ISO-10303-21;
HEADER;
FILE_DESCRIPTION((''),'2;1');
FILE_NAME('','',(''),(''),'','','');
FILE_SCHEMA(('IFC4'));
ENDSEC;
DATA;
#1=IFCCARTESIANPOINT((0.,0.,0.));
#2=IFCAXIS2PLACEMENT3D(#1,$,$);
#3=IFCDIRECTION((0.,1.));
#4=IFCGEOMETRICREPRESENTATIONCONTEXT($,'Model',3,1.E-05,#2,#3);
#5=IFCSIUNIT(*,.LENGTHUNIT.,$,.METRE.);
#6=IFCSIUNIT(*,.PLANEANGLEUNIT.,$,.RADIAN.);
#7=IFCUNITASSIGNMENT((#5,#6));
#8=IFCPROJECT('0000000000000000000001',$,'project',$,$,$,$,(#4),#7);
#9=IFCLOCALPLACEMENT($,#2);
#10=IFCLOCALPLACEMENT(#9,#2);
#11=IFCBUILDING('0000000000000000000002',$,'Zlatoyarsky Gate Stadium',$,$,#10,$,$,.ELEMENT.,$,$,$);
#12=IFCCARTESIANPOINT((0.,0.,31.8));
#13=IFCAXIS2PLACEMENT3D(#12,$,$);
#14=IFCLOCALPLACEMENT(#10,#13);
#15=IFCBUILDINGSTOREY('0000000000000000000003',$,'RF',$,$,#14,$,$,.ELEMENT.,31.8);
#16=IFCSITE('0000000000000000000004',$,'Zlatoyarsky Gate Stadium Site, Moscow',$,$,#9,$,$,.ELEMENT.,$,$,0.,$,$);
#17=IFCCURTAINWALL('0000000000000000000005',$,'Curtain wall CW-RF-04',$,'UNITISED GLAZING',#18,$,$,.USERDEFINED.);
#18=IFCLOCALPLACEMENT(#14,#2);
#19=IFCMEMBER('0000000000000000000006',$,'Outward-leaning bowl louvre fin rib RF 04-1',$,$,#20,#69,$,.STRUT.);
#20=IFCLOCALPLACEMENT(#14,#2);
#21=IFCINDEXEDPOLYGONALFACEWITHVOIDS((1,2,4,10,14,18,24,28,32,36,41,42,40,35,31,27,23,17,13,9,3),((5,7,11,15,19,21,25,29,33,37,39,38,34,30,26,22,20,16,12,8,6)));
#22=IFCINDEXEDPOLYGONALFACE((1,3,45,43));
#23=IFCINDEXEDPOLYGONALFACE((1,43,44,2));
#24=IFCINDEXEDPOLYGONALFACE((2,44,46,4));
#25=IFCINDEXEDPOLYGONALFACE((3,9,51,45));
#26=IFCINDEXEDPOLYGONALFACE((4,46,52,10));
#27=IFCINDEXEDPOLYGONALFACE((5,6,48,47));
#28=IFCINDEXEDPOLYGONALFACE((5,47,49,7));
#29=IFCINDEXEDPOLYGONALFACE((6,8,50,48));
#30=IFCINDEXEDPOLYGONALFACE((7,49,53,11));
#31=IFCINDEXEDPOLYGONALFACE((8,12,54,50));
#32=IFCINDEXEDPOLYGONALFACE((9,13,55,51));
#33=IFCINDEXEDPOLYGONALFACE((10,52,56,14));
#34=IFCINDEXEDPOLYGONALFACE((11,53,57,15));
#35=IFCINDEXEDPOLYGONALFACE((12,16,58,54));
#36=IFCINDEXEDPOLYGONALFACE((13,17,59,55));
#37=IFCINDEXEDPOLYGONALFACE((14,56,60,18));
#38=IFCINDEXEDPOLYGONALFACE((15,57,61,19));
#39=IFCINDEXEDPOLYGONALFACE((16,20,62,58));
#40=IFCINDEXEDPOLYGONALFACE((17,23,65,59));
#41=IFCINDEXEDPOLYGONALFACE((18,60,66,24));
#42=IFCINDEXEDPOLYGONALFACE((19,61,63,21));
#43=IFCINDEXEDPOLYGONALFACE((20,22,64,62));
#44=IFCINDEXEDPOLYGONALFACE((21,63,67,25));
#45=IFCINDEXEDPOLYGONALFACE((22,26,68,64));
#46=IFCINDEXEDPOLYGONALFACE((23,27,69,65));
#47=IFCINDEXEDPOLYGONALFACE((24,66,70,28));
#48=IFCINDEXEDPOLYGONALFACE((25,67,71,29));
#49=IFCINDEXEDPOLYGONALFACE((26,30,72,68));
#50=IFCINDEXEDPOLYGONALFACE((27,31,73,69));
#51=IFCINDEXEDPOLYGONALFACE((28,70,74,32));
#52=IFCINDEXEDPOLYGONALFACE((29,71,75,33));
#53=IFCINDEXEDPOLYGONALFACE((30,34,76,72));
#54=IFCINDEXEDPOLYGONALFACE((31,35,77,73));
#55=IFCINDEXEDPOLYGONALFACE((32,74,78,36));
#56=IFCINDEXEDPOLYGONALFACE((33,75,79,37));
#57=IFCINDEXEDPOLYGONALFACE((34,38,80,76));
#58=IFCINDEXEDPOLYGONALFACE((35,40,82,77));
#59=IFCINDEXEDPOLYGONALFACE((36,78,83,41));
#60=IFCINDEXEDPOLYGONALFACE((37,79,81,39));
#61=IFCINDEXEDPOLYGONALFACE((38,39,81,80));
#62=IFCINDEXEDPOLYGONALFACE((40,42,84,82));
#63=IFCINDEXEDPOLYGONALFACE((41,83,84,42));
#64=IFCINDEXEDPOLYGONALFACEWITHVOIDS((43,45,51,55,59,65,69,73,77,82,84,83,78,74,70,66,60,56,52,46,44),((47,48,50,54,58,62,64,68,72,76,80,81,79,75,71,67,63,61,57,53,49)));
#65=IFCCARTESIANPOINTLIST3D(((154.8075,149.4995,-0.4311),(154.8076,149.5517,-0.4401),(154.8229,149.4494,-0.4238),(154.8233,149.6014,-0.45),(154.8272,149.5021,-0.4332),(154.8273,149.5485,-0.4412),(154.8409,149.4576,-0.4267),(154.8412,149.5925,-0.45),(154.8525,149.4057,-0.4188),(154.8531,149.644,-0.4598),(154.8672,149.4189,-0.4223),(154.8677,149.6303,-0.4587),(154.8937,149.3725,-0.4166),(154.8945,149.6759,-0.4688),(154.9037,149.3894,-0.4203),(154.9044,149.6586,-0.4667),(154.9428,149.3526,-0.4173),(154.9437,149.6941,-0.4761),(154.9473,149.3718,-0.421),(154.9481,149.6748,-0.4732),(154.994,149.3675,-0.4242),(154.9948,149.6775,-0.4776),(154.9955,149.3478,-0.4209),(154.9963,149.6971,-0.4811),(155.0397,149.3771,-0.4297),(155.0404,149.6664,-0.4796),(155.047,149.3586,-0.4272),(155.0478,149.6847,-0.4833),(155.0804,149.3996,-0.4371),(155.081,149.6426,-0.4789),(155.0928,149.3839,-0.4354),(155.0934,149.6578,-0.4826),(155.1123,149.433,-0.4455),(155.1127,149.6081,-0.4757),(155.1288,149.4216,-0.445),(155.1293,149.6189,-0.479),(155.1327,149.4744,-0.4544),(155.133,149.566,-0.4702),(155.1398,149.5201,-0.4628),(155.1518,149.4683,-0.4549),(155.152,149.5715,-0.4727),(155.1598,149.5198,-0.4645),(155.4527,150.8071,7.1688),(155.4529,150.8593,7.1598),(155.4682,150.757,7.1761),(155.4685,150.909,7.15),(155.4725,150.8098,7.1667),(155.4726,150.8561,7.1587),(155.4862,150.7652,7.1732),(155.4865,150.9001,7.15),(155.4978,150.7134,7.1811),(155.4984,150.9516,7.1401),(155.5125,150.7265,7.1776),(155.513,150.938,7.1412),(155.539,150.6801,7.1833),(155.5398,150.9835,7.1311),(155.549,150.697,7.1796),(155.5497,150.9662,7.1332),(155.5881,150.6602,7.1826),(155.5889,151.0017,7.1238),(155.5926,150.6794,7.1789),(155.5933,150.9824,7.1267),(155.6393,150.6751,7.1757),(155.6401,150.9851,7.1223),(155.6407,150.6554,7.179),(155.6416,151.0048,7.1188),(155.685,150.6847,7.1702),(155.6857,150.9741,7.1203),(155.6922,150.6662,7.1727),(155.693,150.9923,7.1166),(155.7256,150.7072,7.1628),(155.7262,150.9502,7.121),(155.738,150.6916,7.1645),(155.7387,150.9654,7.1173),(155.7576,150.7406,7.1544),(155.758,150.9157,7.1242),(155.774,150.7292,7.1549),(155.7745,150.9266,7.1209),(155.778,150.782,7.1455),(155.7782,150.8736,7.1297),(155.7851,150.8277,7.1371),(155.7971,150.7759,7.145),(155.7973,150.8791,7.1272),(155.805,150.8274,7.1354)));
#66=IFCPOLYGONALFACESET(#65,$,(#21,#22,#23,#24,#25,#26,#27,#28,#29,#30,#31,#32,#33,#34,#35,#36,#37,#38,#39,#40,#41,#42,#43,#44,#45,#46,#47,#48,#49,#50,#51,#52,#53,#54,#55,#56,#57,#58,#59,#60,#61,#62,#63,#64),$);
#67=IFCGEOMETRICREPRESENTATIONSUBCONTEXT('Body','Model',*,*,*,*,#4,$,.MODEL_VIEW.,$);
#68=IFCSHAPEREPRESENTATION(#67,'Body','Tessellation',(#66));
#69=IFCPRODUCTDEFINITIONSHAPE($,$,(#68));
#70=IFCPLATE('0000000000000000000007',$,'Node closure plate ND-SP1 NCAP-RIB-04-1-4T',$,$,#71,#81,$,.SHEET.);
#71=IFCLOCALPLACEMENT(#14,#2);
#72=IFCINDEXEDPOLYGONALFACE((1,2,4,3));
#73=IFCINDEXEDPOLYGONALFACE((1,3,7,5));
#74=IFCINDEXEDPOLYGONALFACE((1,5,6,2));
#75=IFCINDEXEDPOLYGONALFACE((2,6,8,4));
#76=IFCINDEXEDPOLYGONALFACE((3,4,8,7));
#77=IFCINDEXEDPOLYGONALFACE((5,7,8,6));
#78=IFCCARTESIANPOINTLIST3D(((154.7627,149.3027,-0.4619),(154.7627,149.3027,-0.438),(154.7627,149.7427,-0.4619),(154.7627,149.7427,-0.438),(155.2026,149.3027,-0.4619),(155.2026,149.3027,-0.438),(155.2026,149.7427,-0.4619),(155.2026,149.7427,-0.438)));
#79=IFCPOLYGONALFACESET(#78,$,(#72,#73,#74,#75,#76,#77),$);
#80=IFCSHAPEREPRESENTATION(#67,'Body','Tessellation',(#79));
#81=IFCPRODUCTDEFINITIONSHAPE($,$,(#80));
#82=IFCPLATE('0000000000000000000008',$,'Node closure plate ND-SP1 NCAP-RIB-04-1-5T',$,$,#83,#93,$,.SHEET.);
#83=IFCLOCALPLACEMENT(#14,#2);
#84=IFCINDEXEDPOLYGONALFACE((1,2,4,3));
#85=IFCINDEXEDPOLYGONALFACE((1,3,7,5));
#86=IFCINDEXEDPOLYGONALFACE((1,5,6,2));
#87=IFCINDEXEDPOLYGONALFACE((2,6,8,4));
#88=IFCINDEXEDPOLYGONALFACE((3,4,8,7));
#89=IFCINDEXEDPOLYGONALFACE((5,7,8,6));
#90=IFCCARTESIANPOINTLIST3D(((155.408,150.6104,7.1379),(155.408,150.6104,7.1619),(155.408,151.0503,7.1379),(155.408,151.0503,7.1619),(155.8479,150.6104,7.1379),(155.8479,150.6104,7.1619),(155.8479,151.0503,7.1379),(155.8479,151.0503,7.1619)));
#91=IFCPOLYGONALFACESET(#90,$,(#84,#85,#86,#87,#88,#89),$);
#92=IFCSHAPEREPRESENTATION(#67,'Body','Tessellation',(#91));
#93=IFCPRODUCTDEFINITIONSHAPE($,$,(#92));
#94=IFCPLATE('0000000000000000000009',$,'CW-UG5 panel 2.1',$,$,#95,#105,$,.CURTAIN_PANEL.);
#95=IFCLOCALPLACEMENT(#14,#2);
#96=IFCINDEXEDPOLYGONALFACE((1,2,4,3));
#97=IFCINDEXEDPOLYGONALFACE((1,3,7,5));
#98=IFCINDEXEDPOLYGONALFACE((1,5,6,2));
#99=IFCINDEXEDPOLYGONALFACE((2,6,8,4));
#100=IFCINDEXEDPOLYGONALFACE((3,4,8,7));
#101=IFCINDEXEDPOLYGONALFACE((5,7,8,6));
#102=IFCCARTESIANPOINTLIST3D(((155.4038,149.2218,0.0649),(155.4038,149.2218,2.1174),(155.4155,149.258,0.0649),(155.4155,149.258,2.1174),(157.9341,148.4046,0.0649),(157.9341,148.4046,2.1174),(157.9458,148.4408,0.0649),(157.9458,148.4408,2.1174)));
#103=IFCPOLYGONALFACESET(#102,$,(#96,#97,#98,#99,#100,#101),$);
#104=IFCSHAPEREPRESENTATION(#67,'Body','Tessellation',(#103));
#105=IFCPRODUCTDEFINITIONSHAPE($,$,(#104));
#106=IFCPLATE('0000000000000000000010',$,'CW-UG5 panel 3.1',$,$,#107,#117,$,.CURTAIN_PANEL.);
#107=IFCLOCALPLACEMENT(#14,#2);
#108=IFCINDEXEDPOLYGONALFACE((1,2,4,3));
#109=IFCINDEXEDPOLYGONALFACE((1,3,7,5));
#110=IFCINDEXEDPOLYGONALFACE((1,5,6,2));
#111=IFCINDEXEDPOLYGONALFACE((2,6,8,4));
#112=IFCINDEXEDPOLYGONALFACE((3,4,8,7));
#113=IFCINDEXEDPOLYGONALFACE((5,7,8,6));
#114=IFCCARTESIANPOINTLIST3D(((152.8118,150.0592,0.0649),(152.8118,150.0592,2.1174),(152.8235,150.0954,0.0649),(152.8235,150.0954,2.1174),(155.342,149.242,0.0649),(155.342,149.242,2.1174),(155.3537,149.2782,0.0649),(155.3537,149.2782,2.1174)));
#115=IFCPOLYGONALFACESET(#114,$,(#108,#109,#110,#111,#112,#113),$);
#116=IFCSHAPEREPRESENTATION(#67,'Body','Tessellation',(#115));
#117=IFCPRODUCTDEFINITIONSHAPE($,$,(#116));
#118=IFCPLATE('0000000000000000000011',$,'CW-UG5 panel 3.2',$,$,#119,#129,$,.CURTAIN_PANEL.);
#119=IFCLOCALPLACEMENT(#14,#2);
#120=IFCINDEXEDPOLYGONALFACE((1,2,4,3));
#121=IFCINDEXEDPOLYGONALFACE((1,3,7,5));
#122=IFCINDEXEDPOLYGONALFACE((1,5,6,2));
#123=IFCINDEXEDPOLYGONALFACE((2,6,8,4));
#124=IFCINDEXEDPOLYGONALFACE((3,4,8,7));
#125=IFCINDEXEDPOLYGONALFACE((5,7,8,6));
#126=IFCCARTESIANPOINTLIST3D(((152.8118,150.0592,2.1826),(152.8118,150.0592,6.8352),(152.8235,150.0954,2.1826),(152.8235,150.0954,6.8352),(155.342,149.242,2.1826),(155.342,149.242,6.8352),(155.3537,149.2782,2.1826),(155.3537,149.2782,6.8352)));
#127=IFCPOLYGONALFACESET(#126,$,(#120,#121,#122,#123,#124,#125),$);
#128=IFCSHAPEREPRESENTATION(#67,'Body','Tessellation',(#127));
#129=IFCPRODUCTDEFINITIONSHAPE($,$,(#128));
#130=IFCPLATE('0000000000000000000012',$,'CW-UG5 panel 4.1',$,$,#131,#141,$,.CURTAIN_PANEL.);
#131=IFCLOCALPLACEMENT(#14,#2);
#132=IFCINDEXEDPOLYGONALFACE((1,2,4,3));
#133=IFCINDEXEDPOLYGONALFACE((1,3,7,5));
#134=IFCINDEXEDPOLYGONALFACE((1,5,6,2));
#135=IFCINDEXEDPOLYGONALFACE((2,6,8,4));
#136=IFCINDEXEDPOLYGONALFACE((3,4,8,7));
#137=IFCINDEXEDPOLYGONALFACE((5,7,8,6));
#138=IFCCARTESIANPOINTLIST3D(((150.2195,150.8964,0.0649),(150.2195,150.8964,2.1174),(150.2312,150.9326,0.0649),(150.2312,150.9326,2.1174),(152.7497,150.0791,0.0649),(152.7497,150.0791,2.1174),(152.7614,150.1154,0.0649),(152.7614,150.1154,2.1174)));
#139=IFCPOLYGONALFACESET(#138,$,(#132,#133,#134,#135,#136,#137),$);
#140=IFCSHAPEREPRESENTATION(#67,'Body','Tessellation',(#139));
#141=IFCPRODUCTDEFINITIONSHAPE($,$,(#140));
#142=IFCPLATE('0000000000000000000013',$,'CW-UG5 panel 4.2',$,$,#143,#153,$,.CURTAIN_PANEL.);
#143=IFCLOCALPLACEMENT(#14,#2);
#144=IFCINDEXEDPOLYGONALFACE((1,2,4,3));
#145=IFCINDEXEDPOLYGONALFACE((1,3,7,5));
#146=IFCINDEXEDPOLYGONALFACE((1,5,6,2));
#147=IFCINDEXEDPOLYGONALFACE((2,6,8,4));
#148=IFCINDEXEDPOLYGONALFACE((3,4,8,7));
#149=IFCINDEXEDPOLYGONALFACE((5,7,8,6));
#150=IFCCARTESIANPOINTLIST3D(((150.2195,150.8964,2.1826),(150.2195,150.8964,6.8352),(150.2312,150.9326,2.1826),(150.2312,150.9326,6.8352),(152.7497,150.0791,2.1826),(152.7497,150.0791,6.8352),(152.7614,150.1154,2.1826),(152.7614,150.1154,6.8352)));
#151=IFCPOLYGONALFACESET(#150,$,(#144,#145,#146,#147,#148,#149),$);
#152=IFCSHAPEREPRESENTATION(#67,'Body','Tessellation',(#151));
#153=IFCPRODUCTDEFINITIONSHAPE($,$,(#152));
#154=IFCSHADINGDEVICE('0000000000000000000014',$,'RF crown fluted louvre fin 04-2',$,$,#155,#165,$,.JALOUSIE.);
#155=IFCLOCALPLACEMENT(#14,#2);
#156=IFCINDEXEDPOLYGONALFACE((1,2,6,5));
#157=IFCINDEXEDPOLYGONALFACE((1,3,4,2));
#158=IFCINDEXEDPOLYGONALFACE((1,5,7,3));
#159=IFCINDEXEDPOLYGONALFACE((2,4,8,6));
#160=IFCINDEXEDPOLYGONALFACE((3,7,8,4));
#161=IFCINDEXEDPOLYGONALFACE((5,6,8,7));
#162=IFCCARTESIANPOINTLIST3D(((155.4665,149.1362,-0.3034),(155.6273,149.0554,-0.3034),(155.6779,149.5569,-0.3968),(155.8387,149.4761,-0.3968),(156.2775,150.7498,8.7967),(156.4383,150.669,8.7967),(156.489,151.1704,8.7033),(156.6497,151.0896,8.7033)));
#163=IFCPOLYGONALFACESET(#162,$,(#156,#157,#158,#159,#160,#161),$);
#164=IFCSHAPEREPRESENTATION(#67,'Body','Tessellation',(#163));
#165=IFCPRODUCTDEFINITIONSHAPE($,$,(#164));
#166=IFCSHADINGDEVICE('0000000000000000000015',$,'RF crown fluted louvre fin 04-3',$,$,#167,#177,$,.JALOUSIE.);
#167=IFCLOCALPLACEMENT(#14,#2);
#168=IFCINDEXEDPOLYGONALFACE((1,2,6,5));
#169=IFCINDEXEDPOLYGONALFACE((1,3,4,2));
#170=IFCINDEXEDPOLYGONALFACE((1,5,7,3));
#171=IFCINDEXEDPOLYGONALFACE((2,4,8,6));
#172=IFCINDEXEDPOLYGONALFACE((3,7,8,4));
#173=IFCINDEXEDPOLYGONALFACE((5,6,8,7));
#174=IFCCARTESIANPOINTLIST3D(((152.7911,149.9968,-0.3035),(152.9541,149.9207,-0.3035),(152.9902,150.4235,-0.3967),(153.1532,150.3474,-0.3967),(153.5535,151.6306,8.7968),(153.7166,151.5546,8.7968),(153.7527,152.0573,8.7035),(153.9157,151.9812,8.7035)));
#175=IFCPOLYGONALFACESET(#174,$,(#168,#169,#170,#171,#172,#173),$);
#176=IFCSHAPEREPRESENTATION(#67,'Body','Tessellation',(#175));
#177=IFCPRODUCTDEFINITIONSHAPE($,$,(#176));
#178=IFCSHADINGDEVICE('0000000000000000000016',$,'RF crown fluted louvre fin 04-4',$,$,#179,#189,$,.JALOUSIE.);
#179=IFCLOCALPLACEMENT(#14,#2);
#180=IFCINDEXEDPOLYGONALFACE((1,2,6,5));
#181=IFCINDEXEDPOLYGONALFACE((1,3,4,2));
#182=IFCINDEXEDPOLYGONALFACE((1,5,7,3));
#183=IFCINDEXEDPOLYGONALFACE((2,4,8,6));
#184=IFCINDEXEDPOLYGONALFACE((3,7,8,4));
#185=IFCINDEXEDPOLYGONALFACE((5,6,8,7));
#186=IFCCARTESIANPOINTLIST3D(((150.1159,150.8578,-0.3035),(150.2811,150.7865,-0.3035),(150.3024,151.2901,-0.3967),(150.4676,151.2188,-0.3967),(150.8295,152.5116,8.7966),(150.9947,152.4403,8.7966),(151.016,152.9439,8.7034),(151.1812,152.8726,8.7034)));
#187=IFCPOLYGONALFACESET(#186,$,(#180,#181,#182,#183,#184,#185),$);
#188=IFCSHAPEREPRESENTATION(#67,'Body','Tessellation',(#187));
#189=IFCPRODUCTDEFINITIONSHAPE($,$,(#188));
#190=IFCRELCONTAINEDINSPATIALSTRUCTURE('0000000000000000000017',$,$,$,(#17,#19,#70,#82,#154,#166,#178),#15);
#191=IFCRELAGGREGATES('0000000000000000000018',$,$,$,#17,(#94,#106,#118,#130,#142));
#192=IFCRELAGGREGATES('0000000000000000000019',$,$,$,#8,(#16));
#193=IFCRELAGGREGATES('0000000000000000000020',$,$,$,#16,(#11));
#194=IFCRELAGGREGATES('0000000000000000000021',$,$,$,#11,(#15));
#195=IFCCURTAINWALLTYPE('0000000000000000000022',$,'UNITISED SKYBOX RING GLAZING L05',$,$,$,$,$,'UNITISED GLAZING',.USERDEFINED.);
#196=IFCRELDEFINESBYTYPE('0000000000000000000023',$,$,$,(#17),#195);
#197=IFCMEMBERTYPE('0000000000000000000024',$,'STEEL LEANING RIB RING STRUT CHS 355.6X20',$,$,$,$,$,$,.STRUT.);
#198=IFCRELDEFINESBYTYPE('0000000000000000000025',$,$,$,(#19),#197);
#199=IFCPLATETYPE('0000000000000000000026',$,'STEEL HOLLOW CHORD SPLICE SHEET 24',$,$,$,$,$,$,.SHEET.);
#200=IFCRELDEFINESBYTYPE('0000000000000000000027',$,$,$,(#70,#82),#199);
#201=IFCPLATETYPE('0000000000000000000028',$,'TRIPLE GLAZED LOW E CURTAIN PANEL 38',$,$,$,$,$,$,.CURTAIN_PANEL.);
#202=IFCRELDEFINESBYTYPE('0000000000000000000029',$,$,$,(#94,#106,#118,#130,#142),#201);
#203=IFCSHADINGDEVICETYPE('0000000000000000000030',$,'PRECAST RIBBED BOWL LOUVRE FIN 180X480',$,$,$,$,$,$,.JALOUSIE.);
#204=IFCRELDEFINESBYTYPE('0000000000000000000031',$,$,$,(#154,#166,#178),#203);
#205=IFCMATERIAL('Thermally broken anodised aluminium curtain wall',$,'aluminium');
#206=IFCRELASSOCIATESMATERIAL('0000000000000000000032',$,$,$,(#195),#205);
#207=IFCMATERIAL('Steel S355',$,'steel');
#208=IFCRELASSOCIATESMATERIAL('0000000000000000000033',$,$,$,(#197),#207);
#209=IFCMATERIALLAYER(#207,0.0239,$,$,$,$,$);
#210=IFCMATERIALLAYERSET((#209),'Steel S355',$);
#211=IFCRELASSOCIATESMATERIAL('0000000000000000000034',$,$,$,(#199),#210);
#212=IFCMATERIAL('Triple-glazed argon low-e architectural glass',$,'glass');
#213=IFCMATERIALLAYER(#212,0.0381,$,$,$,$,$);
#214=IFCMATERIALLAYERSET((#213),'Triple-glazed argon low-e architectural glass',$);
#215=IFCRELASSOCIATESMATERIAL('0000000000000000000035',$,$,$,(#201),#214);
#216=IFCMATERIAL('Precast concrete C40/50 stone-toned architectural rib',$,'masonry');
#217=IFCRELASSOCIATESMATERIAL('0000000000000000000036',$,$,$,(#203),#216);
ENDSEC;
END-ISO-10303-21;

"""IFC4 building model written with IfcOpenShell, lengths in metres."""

from ifc_helpers import new_model, si_unit, direction, frame, origin, origin_2d, place, context, subcontext, project, spatial, rectangle, hollow_circle, extrude, material, layer, layer_set, material_profile, profile_set, type_object, element, aggregate, save


model = new_model("IFC4")

# Units and contexts
model_context = context("Model", 3, precision=1e-05, world=origin(), true_north=direction((0.0, 1.0)))
body_context = subcontext(model_context, "Body", "Model", "MODEL_VIEW")
ifc_project = project(units=[si_unit("LENGTHUNIT", "METRE"), si_unit("PLANEANGLEUNIT", "RADIAN")], contexts=[model_context])

# Site, building, storey
site_placement = place(None, origin())
site = spatial("IfcSite", under=ifc_project, at=site_placement, Name="Zlatoyarsky Gate Stadium Site, Moscow", CompositionType="ELEMENT", RefElevation=0.0)
building_placement = place(site_placement, origin())
building = spatial("IfcBuilding", under=site, at=building_placement, Name="Zlatoyarsky Gate Stadium", CompositionType="ELEMENT")
storey_placement = place(building_placement, frame((0.0, 0.0, 31.8)))
storey = spatial("IfcBuildingStorey", under=building, at=storey_placement, Name="RF", CompositionType="ELEMENT", Elevation=31.8)

# Curtain wall
ifc_material_1 = material(Name="Thermally broken anodised aluminium curtain wall", Category="aluminium")
curtain_wall_type = type_object("IfcCurtainWallType", Name="UNITISED SKYBOX RING GLAZING L05", ElementType="UNITISED GLAZING", PredefinedType="USERDEFINED", material=ifc_material_1)
curtain_wall_placement = place(storey_placement, origin())
curtain_wall = element("IfcCurtainWall", 1, at=curtain_wall_placement, inside=storey, type_object=curtain_wall_type, Name="Curtain wall CW-RF-04", ObjectType="UNITISED GLAZING", PredefinedType="USERDEFINED")

# Member
ifc_material_2 = material(Name="Steel S355", Category="steel")
ifc_material_profile_1 = material_profile(ifc_material_2, hollow_circle(Radius=0.1777, WallThickness=0.02, at=origin_2d()), Name="CHS 355.6X20")
ifc_profile_set_1 = profile_set([ifc_material_profile_1], Name="Steel S355")
member_type_1 = type_object("IfcMemberType", Name="STEEL LEANING RIB RING STRUT CHS 355.6X20", PredefinedType="STRUT", material=ifc_profile_set_1)
member_1_placement = place(storey_placement, frame((154.9827, 149.5227, -0.45), z_axis=(0.083384, 0.168976, 0.982087), x_axis=(-0.896759, 0.442519, 0.0)))
element("IfcMember", 2, at=member_1_placement, inside=storey, type_object=member_type_1, Name="Outward-leaning bowl louvre fin rib RF 04-1", PredefinedType="STRUT", context=body_context, shape_type="SweptSolid", body=[
    extrude(hollow_circle(Radius=0.1777, WallThickness=0.02, at=origin_2d()), origin(), (0.0, 0.0, 1.0), 7.7385),
])

# Plates
ifc_layer_1 = layer(ifc_material_2, 0.0239)
ifc_layer_set_1 = layer_set([ifc_layer_1], Name="Steel S355")
plate_type_1 = type_object("IfcPlateType", Name="STEEL HOLLOW CHORD SPLICE SHEET 24", PredefinedType="SHEET", material=ifc_layer_set_1)
for number, where, z_axis, x_axis, name in (
    (3, (154.9827, 149.5227, -0.4619), (0.0, 0.0, 1.0), (1.0, 0.0, 0.0), "Node closure plate ND-SP1 NCAP-RIB-04-1-4T"),
    (4, (155.6279, 150.8303, 7.1379), (0.0, 0.0, 1.0), (1.0, 0.0, 0.0), "Node closure plate ND-SP1 NCAP-RIB-04-1-5T"),
):
    element("IfcPlate", number, at=place(storey_placement, frame(where, z_axis=z_axis, x_axis=x_axis)), inside=storey, type_object=plate_type_1, Name=name, PredefinedType="SHEET", context=body_context, shape_type="SweptSolid", body=[
        extrude(rectangle(XDim=0.4399, YDim=0.4399, at=origin_2d()), origin(), (0.0, 0.0, 1.0), 0.0239),
    ])

# Plates
ifc_material_3 = material(Name="Triple-glazed argon low-e architectural glass", Category="glass")
ifc_layer_2 = layer(ifc_material_3, 0.0381)
ifc_layer_set_2 = layer_set([ifc_layer_2], Name="Triple-glazed argon low-e architectural glass")
plate_type_2 = type_object("IfcPlateType", Name="TRIPLE GLAZED LOW E CURTAIN PANEL 38", PredefinedType="CURTAIN_PANEL", material=ifc_layer_set_2)
plate_1_placement = place(storey_placement, frame((156.6748, 148.8313, 0.0649), z_axis=(0.0, 0.0, 1.0), x_axis=(-0.951596, 0.307352, 0.0)))
plate_1 = element("IfcPlate", 5, at=plate_1_placement, type_object=plate_type_2, Name="CW-UG5 panel 2.1", PredefinedType="CURTAIN_PANEL", context=body_context, shape_type="SweptSolid", body=[
    extrude(rectangle(XDim=2.6589, YDim=0.0381, at=origin_2d()), origin(), (0.0, 0.0, 1.0), 2.0525),
])
plate_2_placement = place(storey_placement, frame((154.0828, 149.6687, 0.0649), z_axis=(0.0, 0.0, 1.0), x_axis=(-0.951596, 0.307352, 0.0)))
plate_2 = element("IfcPlate", 6, at=plate_2_placement, type_object=plate_type_2, Name="CW-UG5 panel 3.1", PredefinedType="CURTAIN_PANEL", context=body_context, shape_type="SweptSolid", body=[
    extrude(rectangle(XDim=2.6589, YDim=0.0381, at=origin_2d()), origin(), (0.0, 0.0, 1.0), 2.0525),
])
plate_3_placement = place(storey_placement, frame((154.0828, 149.6687, 2.1826), z_axis=(0.0, 0.0, 1.0), x_axis=(-0.951596, 0.307352, 0.0)))
plate_3 = element("IfcPlate", 7, at=plate_3_placement, type_object=plate_type_2, Name="CW-UG5 panel 3.2", PredefinedType="CURTAIN_PANEL", context=body_context, shape_type="SweptSolid", body=[
    extrude(rectangle(XDim=2.6589, YDim=0.0381, at=origin_2d()), origin(), (0.0, 0.0, 1.0), 4.6526),
])
plate_4_placement = place(storey_placement, frame((151.4905, 150.5059, 0.0649), z_axis=(0.0, 0.0, 1.0), x_axis=(-0.951596, 0.307352, 0.0)))
plate_4 = element("IfcPlate", 8, at=plate_4_placement, type_object=plate_type_2, Name="CW-UG5 panel 4.1", PredefinedType="CURTAIN_PANEL", context=body_context, shape_type="SweptSolid", body=[
    extrude(rectangle(XDim=2.6589, YDim=0.0381, at=origin_2d()), origin(), (0.0, 0.0, 1.0), 2.0525),
])
plate_5_placement = place(storey_placement, frame((151.4905, 150.5059, 2.1826), z_axis=(0.0, 0.0, 1.0), x_axis=(-0.951596, 0.307352, 0.0)))
plate_5 = element("IfcPlate", 9, at=plate_5_placement, type_object=plate_type_2, Name="CW-UG5 panel 4.2", PredefinedType="CURTAIN_PANEL", context=body_context, shape_type="SweptSolid", body=[
    extrude(rectangle(XDim=2.6589, YDim=0.0381, at=origin_2d()), origin(), (0.0, 0.0, 1.0), 4.6526),
])
aggregate(curtain_wall, [plate_1, plate_2, plate_3, plate_4, plate_5])

# Shading devices
ifc_material_4 = material(Name="Precast concrete C40/50 stone-toned architectural rib", Category="masonry")
ifc_material_profile_2 = material_profile(ifc_material_4, rectangle(XDim=0.1799, YDim=0.48, at=origin_2d()), Name="RIB 180X480")
ifc_profile_set_2 = profile_set([ifc_material_profile_2], Name="Precast concrete C40/50 stone-toned architectural rib")
shading_device_type = type_object("IfcShadingDeviceType", Name="PRECAST RIBBED BOWL LOUVRE FIN 180X480", PredefinedType="JALOUSIE", material=ifc_profile_set_2)
shading_device_1_placement = place(storey_placement, frame((155.6526, 149.3062, -0.3501), z_axis=(0.087419, 0.173917, 0.980872), x_axis=(-0.893479, 0.449105, 0.0)))
element("IfcShadingDevice", 10, at=shading_device_1_placement, inside=storey, type_object=shading_device_type, Name="RF crown fluted louvre fin 04-2", PredefinedType="JALOUSIE", context=body_context, shape_type="SweptSolid", body=[
    extrude(rectangle(XDim=0.1799, YDim=0.48, at=origin_2d()), origin(), (0.0, 0.0, 1.0), 9.2776),
])
shading_device_2_placement = place(storey_placement, frame((152.9722, 150.1721, -0.3501), z_axis=(0.082187, 0.176112, 0.980933), x_axis=(-0.90618, 0.422893, 0.0)))
element("IfcShadingDevice", 11, at=shading_device_2_placement, inside=storey, type_object=shading_device_type, Name="RF crown fluted louvre fin 04-3", PredefinedType="JALOUSIE", context=body_context, shape_type="SweptSolid", body=[
    extrude(rectangle(XDim=0.1799, YDim=0.48, at=origin_2d()), origin(), (0.0, 0.0, 1.0), 9.2771),
])
shading_device_3_placement = place(storey_placement, frame((150.2917, 151.0383, -0.3501), z_axis=(0.076927, 0.178277, 0.980969), x_axis=(-0.918168, 0.396192, 0.0)))
element("IfcShadingDevice", 12, at=shading_device_3_placement, inside=storey, type_object=shading_device_type, Name="RF crown fluted louvre fin 04-4", PredefinedType="JALOUSIE", context=body_context, shape_type="SweptSolid", body=[
    extrude(rectangle(XDim=0.1799, YDim=0.48, at=origin_2d()), origin(), (0.0, 0.0, 1.0), 9.2766),
])

save(model, "model.ifc")
